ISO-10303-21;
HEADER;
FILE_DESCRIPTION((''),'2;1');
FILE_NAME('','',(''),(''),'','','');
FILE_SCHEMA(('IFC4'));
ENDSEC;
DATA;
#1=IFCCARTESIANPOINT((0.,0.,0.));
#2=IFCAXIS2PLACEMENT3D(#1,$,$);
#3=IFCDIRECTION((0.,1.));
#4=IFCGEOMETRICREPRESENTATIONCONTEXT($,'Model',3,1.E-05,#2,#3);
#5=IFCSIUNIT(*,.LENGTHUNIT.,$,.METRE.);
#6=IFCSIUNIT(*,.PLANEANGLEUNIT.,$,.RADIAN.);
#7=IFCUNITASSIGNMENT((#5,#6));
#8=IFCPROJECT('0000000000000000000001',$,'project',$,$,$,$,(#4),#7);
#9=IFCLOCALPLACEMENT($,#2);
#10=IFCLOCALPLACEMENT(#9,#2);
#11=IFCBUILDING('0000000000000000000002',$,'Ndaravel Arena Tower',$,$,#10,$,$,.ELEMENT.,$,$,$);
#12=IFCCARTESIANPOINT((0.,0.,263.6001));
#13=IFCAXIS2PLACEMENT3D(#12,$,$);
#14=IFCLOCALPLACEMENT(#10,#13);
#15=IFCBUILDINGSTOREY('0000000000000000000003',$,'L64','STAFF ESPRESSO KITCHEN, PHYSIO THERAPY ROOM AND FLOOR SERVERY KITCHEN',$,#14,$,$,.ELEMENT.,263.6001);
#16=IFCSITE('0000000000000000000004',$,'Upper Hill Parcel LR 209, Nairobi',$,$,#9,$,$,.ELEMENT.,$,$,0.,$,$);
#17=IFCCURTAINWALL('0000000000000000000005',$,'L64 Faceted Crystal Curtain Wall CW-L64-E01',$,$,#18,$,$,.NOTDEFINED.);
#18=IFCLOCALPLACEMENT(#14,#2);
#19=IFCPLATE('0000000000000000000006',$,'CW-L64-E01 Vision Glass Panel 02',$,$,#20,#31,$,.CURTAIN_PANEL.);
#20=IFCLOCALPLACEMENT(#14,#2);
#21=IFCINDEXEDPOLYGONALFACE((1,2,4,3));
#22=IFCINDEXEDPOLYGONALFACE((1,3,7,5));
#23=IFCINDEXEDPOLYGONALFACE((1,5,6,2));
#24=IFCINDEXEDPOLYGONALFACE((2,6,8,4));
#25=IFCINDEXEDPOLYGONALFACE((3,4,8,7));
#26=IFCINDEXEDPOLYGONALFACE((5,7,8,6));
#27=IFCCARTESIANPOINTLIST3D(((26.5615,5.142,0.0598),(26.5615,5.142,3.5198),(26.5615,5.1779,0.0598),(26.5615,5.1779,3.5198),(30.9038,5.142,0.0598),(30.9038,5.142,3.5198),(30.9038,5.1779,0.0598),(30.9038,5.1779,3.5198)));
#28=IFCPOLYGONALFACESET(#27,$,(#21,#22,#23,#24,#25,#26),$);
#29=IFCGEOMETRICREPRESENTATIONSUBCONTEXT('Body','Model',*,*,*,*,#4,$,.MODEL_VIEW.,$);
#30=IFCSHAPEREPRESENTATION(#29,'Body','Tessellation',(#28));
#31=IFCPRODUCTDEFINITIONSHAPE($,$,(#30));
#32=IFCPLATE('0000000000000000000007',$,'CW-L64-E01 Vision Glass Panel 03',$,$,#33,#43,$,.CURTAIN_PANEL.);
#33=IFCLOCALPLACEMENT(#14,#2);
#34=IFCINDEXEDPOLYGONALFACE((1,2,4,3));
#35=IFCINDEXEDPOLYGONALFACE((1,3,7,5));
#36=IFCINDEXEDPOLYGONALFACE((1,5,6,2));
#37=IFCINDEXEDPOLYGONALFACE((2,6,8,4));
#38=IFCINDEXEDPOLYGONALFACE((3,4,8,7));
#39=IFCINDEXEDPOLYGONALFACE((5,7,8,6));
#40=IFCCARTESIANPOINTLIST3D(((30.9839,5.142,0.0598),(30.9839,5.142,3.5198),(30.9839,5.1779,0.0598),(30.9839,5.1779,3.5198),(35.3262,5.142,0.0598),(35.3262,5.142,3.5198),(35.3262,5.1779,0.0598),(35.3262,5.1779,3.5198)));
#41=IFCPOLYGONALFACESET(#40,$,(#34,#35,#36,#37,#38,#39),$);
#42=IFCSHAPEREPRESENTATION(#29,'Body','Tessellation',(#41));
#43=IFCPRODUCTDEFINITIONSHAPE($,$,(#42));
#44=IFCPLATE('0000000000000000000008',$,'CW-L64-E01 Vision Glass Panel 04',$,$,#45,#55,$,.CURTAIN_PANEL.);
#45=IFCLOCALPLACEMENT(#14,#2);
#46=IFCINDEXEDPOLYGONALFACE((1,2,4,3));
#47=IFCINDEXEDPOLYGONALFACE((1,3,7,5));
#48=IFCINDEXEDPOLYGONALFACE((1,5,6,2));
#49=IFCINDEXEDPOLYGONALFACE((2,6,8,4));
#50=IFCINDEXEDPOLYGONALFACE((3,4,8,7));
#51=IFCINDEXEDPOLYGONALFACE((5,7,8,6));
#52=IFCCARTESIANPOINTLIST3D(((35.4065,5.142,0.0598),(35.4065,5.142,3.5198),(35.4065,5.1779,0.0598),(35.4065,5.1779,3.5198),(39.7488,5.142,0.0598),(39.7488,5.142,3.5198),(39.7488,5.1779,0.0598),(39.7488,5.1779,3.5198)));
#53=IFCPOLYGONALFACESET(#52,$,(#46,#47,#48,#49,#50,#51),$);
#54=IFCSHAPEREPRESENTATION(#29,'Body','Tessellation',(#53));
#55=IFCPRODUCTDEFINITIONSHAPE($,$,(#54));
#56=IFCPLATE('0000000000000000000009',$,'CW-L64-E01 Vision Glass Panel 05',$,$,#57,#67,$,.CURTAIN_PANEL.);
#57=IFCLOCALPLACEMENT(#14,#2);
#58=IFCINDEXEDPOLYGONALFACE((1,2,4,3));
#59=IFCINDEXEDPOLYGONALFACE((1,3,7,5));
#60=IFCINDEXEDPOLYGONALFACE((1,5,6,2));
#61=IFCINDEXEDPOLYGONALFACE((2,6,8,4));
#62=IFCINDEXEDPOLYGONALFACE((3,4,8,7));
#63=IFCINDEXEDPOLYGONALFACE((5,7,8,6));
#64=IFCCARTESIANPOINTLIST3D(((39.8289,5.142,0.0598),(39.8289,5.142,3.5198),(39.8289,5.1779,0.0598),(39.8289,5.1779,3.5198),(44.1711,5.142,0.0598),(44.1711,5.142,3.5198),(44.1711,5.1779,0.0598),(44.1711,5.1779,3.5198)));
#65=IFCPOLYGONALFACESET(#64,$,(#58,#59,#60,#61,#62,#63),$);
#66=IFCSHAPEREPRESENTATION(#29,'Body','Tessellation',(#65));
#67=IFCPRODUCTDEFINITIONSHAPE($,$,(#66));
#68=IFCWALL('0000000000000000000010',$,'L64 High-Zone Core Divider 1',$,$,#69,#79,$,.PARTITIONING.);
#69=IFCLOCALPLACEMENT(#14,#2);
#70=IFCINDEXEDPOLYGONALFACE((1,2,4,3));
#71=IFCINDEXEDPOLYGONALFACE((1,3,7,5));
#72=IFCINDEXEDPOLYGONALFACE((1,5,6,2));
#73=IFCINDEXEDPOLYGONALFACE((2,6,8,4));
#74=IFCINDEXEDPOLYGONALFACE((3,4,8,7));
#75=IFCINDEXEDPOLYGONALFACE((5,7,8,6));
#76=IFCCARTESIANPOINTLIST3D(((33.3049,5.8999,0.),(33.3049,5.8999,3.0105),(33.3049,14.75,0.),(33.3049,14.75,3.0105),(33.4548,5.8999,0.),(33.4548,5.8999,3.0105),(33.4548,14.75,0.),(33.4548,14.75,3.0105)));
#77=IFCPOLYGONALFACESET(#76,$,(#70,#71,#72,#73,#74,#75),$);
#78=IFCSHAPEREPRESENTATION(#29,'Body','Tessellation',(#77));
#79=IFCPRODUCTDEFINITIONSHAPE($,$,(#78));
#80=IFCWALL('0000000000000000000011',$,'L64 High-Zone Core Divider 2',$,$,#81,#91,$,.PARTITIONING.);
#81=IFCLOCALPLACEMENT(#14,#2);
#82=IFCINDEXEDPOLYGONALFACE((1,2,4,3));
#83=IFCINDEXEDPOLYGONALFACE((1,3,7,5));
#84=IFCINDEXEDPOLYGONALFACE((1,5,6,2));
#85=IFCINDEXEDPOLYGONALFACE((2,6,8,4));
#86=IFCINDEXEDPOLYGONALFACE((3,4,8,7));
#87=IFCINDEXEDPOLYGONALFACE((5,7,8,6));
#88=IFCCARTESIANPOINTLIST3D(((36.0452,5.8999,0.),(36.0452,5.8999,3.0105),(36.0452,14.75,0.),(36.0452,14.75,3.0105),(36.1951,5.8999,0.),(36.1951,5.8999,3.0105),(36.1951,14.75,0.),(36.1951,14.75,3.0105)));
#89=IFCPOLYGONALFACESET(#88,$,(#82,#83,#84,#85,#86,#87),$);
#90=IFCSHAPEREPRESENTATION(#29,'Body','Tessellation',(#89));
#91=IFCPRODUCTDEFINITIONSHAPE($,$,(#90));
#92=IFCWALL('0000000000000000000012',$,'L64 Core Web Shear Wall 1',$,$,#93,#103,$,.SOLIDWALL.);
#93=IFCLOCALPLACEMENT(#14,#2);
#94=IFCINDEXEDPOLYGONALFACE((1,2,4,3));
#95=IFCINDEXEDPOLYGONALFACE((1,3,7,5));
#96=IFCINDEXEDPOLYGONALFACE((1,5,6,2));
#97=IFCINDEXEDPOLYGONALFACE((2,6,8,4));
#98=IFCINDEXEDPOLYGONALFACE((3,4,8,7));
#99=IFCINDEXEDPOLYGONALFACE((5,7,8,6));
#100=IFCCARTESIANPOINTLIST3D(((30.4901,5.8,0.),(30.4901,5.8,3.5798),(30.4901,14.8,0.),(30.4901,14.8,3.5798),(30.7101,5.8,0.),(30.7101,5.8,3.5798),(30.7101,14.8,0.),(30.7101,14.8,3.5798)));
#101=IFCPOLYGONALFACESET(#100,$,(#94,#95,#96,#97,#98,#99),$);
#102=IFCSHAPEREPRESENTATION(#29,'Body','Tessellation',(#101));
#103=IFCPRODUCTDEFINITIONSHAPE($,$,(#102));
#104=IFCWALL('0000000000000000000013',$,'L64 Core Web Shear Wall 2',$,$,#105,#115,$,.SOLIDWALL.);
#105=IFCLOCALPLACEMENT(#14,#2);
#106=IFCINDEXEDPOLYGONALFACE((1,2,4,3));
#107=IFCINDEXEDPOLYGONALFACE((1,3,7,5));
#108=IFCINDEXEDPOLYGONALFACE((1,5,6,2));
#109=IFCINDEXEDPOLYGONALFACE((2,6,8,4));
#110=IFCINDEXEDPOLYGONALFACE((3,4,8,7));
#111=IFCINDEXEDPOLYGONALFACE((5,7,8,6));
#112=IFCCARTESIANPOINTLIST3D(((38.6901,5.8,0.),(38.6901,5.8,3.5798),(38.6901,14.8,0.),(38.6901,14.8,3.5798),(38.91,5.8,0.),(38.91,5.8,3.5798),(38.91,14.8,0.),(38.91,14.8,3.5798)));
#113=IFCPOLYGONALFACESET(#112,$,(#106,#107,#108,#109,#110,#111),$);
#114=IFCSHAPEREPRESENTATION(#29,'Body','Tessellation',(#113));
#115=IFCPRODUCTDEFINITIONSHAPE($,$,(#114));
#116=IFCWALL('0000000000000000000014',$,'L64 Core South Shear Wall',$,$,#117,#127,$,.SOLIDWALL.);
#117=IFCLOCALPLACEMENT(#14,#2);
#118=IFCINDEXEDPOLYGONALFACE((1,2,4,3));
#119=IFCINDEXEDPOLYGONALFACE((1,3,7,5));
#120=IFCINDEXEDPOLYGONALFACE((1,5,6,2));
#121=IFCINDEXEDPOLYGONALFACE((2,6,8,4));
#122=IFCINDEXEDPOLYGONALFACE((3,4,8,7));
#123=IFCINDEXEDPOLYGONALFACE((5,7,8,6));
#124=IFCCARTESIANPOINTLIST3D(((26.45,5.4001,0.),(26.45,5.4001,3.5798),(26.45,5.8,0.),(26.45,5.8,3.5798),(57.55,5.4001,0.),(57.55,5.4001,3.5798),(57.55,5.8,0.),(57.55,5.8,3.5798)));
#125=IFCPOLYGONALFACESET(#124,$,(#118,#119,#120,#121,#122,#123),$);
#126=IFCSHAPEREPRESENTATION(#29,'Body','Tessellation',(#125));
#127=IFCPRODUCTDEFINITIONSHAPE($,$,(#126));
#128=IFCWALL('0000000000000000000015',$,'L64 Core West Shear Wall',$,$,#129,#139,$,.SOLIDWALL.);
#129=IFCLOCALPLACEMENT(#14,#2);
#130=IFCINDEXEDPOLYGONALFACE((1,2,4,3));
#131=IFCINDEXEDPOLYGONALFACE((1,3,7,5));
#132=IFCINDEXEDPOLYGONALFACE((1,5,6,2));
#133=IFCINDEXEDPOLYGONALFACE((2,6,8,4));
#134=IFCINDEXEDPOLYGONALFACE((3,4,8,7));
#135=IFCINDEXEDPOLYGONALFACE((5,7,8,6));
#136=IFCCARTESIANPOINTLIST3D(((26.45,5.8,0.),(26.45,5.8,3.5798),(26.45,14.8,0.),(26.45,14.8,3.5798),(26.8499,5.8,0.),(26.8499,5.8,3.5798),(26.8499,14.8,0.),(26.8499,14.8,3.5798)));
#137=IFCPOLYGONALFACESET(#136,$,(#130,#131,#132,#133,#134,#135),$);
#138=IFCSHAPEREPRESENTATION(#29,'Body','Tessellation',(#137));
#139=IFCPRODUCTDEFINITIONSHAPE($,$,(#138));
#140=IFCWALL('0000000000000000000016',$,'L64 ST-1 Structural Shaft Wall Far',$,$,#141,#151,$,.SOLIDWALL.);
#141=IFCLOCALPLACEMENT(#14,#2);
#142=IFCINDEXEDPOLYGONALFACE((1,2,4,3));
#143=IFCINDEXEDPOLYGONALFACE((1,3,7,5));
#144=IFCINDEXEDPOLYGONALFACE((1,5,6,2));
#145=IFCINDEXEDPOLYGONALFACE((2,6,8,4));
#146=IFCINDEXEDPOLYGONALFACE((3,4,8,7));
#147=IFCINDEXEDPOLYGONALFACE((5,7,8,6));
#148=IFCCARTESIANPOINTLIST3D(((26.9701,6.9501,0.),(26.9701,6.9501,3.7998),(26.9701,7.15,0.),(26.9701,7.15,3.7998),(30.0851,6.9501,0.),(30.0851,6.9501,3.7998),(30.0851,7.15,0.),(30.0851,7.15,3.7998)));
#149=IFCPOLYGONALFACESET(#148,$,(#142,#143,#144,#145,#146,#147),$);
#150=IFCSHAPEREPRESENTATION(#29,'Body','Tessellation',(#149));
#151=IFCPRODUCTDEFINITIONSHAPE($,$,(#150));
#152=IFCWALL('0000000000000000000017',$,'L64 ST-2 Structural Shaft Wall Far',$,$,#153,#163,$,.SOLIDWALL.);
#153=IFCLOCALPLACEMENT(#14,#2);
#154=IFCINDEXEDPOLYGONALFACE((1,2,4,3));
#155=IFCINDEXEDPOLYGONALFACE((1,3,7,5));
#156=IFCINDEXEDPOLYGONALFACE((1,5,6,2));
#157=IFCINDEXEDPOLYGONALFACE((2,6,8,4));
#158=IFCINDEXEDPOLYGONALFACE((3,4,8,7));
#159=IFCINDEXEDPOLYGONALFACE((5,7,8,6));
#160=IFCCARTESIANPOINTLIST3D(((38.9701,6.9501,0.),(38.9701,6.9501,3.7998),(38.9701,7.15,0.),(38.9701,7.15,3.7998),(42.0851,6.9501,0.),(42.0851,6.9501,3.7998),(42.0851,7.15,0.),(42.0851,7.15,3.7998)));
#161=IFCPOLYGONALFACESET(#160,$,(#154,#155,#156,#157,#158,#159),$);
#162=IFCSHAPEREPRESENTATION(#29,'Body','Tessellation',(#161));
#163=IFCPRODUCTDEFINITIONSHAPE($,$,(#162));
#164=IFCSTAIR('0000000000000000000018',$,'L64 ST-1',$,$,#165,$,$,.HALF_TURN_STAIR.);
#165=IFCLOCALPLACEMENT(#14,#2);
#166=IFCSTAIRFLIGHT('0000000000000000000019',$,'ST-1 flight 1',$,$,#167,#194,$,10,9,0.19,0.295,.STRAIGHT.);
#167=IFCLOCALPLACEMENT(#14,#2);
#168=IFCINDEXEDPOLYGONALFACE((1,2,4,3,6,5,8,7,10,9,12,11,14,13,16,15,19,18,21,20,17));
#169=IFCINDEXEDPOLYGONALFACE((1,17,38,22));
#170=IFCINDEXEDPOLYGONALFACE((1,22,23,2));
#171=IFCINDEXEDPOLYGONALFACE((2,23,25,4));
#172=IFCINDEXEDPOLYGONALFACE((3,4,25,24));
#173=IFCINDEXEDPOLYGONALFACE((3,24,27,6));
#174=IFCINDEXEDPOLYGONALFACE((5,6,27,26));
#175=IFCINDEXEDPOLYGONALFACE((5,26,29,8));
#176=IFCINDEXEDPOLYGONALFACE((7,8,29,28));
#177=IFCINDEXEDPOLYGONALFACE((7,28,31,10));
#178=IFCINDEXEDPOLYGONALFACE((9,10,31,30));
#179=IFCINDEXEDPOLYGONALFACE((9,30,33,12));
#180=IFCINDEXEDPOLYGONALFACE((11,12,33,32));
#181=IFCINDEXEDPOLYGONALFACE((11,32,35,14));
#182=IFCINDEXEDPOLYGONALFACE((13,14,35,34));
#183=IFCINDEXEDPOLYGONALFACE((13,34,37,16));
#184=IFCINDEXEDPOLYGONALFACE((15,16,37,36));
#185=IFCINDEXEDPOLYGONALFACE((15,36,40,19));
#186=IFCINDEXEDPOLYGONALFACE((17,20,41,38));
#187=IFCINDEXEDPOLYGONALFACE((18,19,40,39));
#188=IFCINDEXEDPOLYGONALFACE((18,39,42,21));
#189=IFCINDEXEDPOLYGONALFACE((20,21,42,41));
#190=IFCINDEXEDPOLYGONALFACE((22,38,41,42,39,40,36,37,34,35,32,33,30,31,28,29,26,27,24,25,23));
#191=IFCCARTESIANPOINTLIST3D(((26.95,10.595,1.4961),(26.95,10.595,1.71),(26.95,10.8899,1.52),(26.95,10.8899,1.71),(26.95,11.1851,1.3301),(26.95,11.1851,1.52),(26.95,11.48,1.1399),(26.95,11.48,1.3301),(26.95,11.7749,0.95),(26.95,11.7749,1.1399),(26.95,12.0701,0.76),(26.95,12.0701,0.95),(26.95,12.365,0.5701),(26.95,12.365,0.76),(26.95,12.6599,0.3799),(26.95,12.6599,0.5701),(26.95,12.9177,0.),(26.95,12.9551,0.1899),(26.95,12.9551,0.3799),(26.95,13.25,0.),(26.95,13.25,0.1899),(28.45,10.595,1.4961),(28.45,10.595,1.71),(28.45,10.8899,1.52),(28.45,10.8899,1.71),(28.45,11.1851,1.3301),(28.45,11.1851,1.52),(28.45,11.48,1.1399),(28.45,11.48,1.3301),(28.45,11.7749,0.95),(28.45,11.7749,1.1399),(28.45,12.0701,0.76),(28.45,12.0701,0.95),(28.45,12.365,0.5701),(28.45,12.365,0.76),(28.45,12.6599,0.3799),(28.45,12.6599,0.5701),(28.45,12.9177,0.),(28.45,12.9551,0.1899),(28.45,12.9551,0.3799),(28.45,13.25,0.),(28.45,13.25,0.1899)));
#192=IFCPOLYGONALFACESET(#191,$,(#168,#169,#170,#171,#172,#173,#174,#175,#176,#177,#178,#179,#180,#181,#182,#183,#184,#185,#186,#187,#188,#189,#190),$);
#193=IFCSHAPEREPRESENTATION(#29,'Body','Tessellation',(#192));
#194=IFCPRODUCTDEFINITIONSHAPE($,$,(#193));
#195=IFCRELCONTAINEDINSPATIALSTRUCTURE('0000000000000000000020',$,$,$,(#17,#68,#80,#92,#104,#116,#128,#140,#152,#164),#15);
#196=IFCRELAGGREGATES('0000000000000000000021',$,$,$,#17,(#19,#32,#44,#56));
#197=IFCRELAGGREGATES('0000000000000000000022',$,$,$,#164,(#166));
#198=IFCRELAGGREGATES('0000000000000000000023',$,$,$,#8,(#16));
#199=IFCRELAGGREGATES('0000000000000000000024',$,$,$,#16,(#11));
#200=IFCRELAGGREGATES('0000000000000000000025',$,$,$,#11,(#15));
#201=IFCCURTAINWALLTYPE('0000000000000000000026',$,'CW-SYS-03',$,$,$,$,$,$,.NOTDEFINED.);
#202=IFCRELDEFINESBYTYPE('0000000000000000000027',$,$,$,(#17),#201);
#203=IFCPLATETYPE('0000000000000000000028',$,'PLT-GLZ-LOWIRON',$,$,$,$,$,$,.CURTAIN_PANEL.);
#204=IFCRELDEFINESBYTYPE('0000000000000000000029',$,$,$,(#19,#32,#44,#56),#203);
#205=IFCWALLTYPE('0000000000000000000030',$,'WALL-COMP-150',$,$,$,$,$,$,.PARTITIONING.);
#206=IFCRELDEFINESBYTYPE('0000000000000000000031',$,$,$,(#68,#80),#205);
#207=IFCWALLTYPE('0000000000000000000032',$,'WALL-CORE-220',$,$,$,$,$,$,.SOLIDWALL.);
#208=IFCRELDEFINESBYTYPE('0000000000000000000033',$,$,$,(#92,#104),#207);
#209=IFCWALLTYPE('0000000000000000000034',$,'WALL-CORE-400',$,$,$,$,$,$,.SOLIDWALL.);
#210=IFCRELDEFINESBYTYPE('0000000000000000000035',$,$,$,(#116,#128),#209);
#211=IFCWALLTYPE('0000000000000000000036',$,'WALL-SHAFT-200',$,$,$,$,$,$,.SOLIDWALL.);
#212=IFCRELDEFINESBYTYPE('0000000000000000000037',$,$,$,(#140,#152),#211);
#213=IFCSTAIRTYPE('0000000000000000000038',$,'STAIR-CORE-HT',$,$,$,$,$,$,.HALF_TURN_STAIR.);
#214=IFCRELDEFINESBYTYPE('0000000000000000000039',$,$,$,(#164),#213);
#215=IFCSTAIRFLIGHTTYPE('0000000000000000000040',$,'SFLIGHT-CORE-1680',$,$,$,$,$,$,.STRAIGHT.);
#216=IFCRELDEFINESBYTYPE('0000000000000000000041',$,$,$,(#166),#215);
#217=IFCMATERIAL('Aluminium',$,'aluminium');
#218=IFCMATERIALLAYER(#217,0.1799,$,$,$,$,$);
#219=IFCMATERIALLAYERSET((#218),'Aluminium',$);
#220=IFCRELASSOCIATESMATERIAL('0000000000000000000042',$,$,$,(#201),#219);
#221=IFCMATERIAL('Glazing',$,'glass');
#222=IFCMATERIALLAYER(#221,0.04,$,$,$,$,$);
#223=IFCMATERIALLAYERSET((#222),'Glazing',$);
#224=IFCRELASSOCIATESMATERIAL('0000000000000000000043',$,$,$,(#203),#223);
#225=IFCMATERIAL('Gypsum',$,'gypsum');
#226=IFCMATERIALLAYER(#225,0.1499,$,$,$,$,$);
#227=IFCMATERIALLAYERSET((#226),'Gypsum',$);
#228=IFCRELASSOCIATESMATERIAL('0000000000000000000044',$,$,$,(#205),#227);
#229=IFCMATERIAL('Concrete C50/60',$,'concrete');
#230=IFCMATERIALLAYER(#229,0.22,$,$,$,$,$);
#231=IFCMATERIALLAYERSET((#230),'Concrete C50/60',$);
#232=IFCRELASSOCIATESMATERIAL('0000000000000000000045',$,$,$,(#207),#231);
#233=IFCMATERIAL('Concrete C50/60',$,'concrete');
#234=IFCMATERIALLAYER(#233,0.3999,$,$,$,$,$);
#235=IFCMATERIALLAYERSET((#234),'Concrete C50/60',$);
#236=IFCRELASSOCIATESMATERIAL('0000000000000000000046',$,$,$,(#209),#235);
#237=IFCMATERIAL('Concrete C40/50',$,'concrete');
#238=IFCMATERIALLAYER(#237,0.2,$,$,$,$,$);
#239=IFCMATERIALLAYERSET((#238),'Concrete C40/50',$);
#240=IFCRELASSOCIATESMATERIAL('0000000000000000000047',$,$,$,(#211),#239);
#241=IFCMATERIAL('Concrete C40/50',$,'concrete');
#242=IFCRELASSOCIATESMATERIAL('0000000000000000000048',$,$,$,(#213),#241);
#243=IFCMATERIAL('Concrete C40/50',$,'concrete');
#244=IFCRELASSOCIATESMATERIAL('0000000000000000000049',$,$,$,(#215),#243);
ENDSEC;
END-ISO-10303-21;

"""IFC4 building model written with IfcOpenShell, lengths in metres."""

from ifc_helpers import new_model, si_unit, direction, frame, frame_2d, origin, origin_2d, place, context, subcontext, project, spatial, polyline, rectangle, outline, extrude, material, layer, layer_set, type_object, element, aggregate, save


model = new_model("IFC4")

# Units and contexts
model_context = context("Model", 3, precision=1e-05, world=origin(), true_north=direction((0.0, 1.0)))
body_context = subcontext(model_context, "Body", "Model", "MODEL_VIEW")
ifc_project = project(units=[si_unit("LENGTHUNIT", "METRE"), si_unit("PLANEANGLEUNIT", "RADIAN")], contexts=[model_context])

# Site, building, storey
site_placement = place(None, origin())
site = spatial("IfcSite", under=ifc_project, at=site_placement, Name="Upper Hill Parcel LR 209, Nairobi", CompositionType="ELEMENT", RefElevation=0.0)
building_placement = place(site_placement, origin())
building = spatial("IfcBuilding", under=site, at=building_placement, Name="Ndaravel Arena Tower", CompositionType="ELEMENT")
storey_placement = place(building_placement, frame((0.0, 0.0, 263.6001)))
storey = spatial("IfcBuildingStorey", under=building, at=storey_placement, Name="L64", Description="STAFF ESPRESSO KITCHEN, PHYSIO THERAPY ROOM AND FLOOR SERVERY KITCHEN", CompositionType="ELEMENT", Elevation=263.6001)

# Curtain wall, plates
ifc_material_1 = material(Name="Aluminium", Category="aluminium")
ifc_layer_1 = layer(ifc_material_1, 0.1799)
ifc_layer_set_1 = layer_set([ifc_layer_1], Name="Aluminium")
curtain_wall_type = type_object("IfcCurtainWallType", Name="CW-SYS-03", PredefinedType="NOTDEFINED", material=ifc_layer_set_1)
curtain_wall_placement = place(storey_placement, origin())
curtain_wall = element("IfcCurtainWall", 1, at=curtain_wall_placement, inside=storey, type_object=curtain_wall_type, Name="L64 Faceted Crystal Curtain Wall CW-L64-E01", PredefinedType="NOTDEFINED")
ifc_material_2 = material(Name="Glazing", Category="glass")
ifc_layer_2 = layer(ifc_material_2, 0.04)
ifc_layer_set_2 = layer_set([ifc_layer_2], Name="Glazing")
plate_type = type_object("IfcPlateType", Name="PLT-GLZ-LOWIRON", PredefinedType="CURTAIN_PANEL", material=ifc_layer_set_2)
plate_1_placement = place(storey_placement, frame((28.7327, 5.1599, 0.0598), z_axis=(0.0, 0.0, 1.0), x_axis=(1.0, 0.0, 0.0)))
plate_1 = element("IfcPlate", 2, at=plate_1_placement, type_object=plate_type, Name="CW-L64-E01 Vision Glass Panel 02", PredefinedType="CURTAIN_PANEL", context=body_context, shape_type="SweptSolid", body=[
    extrude(rectangle(XDim=4.3423, YDim=0.0359, at=origin_2d()), origin(), (0.0, 0.0, 1.0), 3.46),
])
plate_2_placement = place(storey_placement, frame((33.155, 5.1599, 0.0598), z_axis=(0.0, 0.0, 1.0), x_axis=(1.0, 0.0, 0.0)))
plate_2 = element("IfcPlate", 3, at=plate_2_placement, type_object=plate_type, Name="CW-L64-E01 Vision Glass Panel 03", PredefinedType="CURTAIN_PANEL", context=body_context, shape_type="SweptSolid", body=[
    extrude(rectangle(XDim=4.3423, YDim=0.0359, at=origin_2d()), origin(), (0.0, 0.0, 1.0), 3.46),
])
plate_3_placement = place(storey_placement, frame((37.5776, 5.1599, 0.0598), z_axis=(0.0, 0.0, 1.0), x_axis=(1.0, 0.0, 0.0)))
plate_3 = element("IfcPlate", 4, at=plate_3_placement, type_object=plate_type, Name="CW-L64-E01 Vision Glass Panel 04", PredefinedType="CURTAIN_PANEL", context=body_context, shape_type="SweptSolid", body=[
    extrude(rectangle(XDim=4.3423, YDim=0.0359, at=origin_2d()), origin(), (0.0, 0.0, 1.0), 3.46),
])
plate_4_placement = place(storey_placement, frame((42.0, 5.1599, 0.0598), z_axis=(0.0, 0.0, 1.0), x_axis=(1.0, 0.0, 0.0)))
plate_4 = element("IfcPlate", 5, at=plate_4_placement, type_object=plate_type, Name="CW-L64-E01 Vision Glass Panel 05", PredefinedType="CURTAIN_PANEL", context=body_context, shape_type="SweptSolid", body=[
    extrude(rectangle(XDim=4.3423, YDim=0.0359, at=origin_2d()), origin(), (0.0, 0.0, 1.0), 3.46),
])
aggregate(curtain_wall, [plate_1, plate_2, plate_3, plate_4])

# Walls
ifc_material_3 = material(Name="Gypsum", Category="gypsum")
ifc_layer_3 = layer(ifc_material_3, 0.1499)
ifc_layer_set_3 = layer_set([ifc_layer_3], Name="Gypsum")
wall_type_1 = type_object("IfcWallType", Name="WALL-COMP-150", PredefinedType="PARTITIONING", material=ifc_layer_set_3)
for number, where, z_axis, x_axis, name in (
    (6, (33.3799, 5.8999, 0.0), (0.0, 0.0, 1.0), (0.0, 1.0, 0.0), "L64 High-Zone Core Divider 1"),
    (7, (36.1201, 5.8999, 0.0), (0.0, 0.0, 1.0), (0.0, 1.0, 0.0), "L64 High-Zone Core Divider 2"),
):
    element("IfcWall", number, at=place(storey_placement, frame(where, z_axis=z_axis, x_axis=x_axis)), inside=storey, type_object=wall_type_1, Name=name, PredefinedType="PARTITIONING", context=body_context, shape_type="SweptSolid", body=[
        extrude(rectangle(XDim=8.8501, YDim=0.1499, at=frame_2d((4.425, 0.0))), origin(), (0.0, 0.0, 1.0), 3.0105),
    ])
ifc_material_4 = material(Name="Concrete C50/60", Category="concrete")
ifc_layer_4 = layer(ifc_material_4, 0.22)
ifc_layer_set_4 = layer_set([ifc_layer_4], Name="Concrete C50/60")
wall_type_2 = type_object("IfcWallType", Name="WALL-CORE-220", PredefinedType="SOLIDWALL", material=ifc_layer_set_4)
for number, where, z_axis, x_axis, name in (
    (8, (30.6001, 5.8, 0.0), (0.0, 0.0, 1.0), (0.0, 1.0, 0.0), "L64 Core Web Shear Wall 1"),
    (9, (38.8, 5.8, 0.0), (0.0, 0.0, 1.0), (0.0, 1.0, 0.0), "L64 Core Web Shear Wall 2"),
):
    element("IfcWall", number, at=place(storey_placement, frame(where, z_axis=z_axis, x_axis=x_axis)), inside=storey, type_object=wall_type_2, Name=name, PredefinedType="SOLIDWALL", context=body_context, shape_type="SweptSolid", body=[
        extrude(rectangle(XDim=9.0, YDim=0.22, at=frame_2d((4.5, 0.0))), origin(), (0.0, 0.0, 1.0), 3.5798),
    ])
ifc_material_5 = material(Name="Concrete C50/60", Category="concrete")
ifc_layer_5 = layer(ifc_material_5, 0.3999)
ifc_layer_set_5 = layer_set([ifc_layer_5], Name="Concrete C50/60")
wall_type_3 = type_object("IfcWallType", Name="WALL-CORE-400", PredefinedType="SOLIDWALL", material=ifc_layer_set_5)
wall_1_placement = place(storey_placement, frame((26.45, 5.6001, 0.0), z_axis=(0.0, 0.0, 1.0), x_axis=(1.0, 0.0, 0.0)))
element("IfcWall", 10, at=wall_1_placement, inside=storey, type_object=wall_type_3, Name="L64 Core South Shear Wall", PredefinedType="SOLIDWALL", context=body_context, shape_type="SweptSolid", body=[
    extrude(rectangle(XDim=31.1001, YDim=0.3999, at=frame_2d((15.55, 0.0))), origin(), (0.0, 0.0, 1.0), 3.5798),
])
wall_2_placement = place(storey_placement, frame((26.6499, 5.8, 0.0), z_axis=(0.0, 0.0, 1.0), x_axis=(0.0, 1.0, 0.0)))
element("IfcWall", 11, at=wall_2_placement, inside=storey, type_object=wall_type_3, Name="L64 Core West Shear Wall", PredefinedType="SOLIDWALL", context=body_context, shape_type="SweptSolid", body=[
    extrude(rectangle(XDim=9.0, YDim=0.3999, at=frame_2d((4.5, 0.0))), origin(), (0.0, 0.0, 1.0), 3.5798),
])
ifc_material_6 = material(Name="Concrete C40/50", Category="concrete")
ifc_layer_6 = layer(ifc_material_6, 0.2)
ifc_layer_set_6 = layer_set([ifc_layer_6], Name="Concrete C40/50")
wall_type_4 = type_object("IfcWallType", Name="WALL-SHAFT-200", PredefinedType="SOLIDWALL", material=ifc_layer_set_6)
for number, where, z_axis, x_axis, name in (
    (12, (26.97, 7.05, 0.0), (0.0, 0.0, 1.0), (1.0, 0.0, 0.0), "L64 ST-1 Structural Shaft Wall Far"),
    (13, (38.97, 7.05, 0.0), (0.0, 0.0, 1.0), (1.0, 0.0, 0.0), "L64 ST-2 Structural Shaft Wall Far"),
):
    element("IfcWall", number, at=place(storey_placement, frame(where, z_axis=z_axis, x_axis=x_axis)), inside=storey, type_object=wall_type_4, Name=name, PredefinedType="SOLIDWALL", context=body_context, shape_type="SweptSolid", body=[
        extrude(rectangle(XDim=3.115, YDim=0.2, at=frame_2d((1.5576, 0.0))), origin(), (0.0, 0.0, 1.0), 3.7998),
    ])

# Stair, stair flight
ifc_material_7 = material(Name="Concrete C40/50", Category="concrete")
stair_type = type_object("IfcStairType", Name="STAIR-CORE-HT", PredefinedType="HALF_TURN_STAIR", material=ifc_material_7)
stair_1_placement = place(storey_placement, origin())
stair_1 = element("IfcStair", 14, at=stair_1_placement, inside=storey, type_object=stair_type, Name="L64 ST-1", PredefinedType="HALF_TURN_STAIR")
ifc_material_8 = material(Name="Concrete C40/50", Category="concrete")
stair_flight_type = type_object("IfcStairFlightType", Name="SFLIGHT-CORE-1680", PredefinedType="STRAIGHT", material=ifc_material_8)
stair_flight_1_placement = place(storey_placement, frame((27.7, 13.25, 0.0), z_axis=(0.0, 0.0, 1.0), x_axis=(0.0, -1.0, 0.0)))
stair_flight_1 = element("IfcStairFlight", 15, at=stair_flight_1_placement, type_object=stair_flight_type, Name="ST-1 flight 1", NumberOfRisers=10, NumberOfTreads=9, PredefinedType="STRAIGHT", RiserHeight=0.19, TreadLength=0.295, context=body_context, shape_type="SweptSolid", body=[
    extrude(outline(polyline([(0.0, 0.0), (0.0, 0.1899), (0.2949, 0.1899), (0.2949, 0.3799), (0.5901, 0.3799), (0.5901, 0.5701), (0.885, 0.5701), (0.885, 0.76), (1.1799, 0.76), (1.1799, 0.95), (1.4751, 0.95), (1.4751, 1.1399), (1.77, 1.1399), (1.77, 1.3301), (2.0649, 1.3301), (2.0649, 1.52), (2.3601, 1.52), (2.3601, 1.71), (2.655, 1.71), (2.655, 1.8999), (2.655, 1.4961), (0.3323, 0.0), (0.0, 0.0)])), frame((0.0, 0.75, 0.0), z_axis=(0.0, -1.0, 0.0), x_axis=(1.0, 0.0, 0.0)), (0.0, 0.0, 1.0), 1.5),
])
aggregate(stair_1, [stair_flight_1])

save(model, "model.ifc")
